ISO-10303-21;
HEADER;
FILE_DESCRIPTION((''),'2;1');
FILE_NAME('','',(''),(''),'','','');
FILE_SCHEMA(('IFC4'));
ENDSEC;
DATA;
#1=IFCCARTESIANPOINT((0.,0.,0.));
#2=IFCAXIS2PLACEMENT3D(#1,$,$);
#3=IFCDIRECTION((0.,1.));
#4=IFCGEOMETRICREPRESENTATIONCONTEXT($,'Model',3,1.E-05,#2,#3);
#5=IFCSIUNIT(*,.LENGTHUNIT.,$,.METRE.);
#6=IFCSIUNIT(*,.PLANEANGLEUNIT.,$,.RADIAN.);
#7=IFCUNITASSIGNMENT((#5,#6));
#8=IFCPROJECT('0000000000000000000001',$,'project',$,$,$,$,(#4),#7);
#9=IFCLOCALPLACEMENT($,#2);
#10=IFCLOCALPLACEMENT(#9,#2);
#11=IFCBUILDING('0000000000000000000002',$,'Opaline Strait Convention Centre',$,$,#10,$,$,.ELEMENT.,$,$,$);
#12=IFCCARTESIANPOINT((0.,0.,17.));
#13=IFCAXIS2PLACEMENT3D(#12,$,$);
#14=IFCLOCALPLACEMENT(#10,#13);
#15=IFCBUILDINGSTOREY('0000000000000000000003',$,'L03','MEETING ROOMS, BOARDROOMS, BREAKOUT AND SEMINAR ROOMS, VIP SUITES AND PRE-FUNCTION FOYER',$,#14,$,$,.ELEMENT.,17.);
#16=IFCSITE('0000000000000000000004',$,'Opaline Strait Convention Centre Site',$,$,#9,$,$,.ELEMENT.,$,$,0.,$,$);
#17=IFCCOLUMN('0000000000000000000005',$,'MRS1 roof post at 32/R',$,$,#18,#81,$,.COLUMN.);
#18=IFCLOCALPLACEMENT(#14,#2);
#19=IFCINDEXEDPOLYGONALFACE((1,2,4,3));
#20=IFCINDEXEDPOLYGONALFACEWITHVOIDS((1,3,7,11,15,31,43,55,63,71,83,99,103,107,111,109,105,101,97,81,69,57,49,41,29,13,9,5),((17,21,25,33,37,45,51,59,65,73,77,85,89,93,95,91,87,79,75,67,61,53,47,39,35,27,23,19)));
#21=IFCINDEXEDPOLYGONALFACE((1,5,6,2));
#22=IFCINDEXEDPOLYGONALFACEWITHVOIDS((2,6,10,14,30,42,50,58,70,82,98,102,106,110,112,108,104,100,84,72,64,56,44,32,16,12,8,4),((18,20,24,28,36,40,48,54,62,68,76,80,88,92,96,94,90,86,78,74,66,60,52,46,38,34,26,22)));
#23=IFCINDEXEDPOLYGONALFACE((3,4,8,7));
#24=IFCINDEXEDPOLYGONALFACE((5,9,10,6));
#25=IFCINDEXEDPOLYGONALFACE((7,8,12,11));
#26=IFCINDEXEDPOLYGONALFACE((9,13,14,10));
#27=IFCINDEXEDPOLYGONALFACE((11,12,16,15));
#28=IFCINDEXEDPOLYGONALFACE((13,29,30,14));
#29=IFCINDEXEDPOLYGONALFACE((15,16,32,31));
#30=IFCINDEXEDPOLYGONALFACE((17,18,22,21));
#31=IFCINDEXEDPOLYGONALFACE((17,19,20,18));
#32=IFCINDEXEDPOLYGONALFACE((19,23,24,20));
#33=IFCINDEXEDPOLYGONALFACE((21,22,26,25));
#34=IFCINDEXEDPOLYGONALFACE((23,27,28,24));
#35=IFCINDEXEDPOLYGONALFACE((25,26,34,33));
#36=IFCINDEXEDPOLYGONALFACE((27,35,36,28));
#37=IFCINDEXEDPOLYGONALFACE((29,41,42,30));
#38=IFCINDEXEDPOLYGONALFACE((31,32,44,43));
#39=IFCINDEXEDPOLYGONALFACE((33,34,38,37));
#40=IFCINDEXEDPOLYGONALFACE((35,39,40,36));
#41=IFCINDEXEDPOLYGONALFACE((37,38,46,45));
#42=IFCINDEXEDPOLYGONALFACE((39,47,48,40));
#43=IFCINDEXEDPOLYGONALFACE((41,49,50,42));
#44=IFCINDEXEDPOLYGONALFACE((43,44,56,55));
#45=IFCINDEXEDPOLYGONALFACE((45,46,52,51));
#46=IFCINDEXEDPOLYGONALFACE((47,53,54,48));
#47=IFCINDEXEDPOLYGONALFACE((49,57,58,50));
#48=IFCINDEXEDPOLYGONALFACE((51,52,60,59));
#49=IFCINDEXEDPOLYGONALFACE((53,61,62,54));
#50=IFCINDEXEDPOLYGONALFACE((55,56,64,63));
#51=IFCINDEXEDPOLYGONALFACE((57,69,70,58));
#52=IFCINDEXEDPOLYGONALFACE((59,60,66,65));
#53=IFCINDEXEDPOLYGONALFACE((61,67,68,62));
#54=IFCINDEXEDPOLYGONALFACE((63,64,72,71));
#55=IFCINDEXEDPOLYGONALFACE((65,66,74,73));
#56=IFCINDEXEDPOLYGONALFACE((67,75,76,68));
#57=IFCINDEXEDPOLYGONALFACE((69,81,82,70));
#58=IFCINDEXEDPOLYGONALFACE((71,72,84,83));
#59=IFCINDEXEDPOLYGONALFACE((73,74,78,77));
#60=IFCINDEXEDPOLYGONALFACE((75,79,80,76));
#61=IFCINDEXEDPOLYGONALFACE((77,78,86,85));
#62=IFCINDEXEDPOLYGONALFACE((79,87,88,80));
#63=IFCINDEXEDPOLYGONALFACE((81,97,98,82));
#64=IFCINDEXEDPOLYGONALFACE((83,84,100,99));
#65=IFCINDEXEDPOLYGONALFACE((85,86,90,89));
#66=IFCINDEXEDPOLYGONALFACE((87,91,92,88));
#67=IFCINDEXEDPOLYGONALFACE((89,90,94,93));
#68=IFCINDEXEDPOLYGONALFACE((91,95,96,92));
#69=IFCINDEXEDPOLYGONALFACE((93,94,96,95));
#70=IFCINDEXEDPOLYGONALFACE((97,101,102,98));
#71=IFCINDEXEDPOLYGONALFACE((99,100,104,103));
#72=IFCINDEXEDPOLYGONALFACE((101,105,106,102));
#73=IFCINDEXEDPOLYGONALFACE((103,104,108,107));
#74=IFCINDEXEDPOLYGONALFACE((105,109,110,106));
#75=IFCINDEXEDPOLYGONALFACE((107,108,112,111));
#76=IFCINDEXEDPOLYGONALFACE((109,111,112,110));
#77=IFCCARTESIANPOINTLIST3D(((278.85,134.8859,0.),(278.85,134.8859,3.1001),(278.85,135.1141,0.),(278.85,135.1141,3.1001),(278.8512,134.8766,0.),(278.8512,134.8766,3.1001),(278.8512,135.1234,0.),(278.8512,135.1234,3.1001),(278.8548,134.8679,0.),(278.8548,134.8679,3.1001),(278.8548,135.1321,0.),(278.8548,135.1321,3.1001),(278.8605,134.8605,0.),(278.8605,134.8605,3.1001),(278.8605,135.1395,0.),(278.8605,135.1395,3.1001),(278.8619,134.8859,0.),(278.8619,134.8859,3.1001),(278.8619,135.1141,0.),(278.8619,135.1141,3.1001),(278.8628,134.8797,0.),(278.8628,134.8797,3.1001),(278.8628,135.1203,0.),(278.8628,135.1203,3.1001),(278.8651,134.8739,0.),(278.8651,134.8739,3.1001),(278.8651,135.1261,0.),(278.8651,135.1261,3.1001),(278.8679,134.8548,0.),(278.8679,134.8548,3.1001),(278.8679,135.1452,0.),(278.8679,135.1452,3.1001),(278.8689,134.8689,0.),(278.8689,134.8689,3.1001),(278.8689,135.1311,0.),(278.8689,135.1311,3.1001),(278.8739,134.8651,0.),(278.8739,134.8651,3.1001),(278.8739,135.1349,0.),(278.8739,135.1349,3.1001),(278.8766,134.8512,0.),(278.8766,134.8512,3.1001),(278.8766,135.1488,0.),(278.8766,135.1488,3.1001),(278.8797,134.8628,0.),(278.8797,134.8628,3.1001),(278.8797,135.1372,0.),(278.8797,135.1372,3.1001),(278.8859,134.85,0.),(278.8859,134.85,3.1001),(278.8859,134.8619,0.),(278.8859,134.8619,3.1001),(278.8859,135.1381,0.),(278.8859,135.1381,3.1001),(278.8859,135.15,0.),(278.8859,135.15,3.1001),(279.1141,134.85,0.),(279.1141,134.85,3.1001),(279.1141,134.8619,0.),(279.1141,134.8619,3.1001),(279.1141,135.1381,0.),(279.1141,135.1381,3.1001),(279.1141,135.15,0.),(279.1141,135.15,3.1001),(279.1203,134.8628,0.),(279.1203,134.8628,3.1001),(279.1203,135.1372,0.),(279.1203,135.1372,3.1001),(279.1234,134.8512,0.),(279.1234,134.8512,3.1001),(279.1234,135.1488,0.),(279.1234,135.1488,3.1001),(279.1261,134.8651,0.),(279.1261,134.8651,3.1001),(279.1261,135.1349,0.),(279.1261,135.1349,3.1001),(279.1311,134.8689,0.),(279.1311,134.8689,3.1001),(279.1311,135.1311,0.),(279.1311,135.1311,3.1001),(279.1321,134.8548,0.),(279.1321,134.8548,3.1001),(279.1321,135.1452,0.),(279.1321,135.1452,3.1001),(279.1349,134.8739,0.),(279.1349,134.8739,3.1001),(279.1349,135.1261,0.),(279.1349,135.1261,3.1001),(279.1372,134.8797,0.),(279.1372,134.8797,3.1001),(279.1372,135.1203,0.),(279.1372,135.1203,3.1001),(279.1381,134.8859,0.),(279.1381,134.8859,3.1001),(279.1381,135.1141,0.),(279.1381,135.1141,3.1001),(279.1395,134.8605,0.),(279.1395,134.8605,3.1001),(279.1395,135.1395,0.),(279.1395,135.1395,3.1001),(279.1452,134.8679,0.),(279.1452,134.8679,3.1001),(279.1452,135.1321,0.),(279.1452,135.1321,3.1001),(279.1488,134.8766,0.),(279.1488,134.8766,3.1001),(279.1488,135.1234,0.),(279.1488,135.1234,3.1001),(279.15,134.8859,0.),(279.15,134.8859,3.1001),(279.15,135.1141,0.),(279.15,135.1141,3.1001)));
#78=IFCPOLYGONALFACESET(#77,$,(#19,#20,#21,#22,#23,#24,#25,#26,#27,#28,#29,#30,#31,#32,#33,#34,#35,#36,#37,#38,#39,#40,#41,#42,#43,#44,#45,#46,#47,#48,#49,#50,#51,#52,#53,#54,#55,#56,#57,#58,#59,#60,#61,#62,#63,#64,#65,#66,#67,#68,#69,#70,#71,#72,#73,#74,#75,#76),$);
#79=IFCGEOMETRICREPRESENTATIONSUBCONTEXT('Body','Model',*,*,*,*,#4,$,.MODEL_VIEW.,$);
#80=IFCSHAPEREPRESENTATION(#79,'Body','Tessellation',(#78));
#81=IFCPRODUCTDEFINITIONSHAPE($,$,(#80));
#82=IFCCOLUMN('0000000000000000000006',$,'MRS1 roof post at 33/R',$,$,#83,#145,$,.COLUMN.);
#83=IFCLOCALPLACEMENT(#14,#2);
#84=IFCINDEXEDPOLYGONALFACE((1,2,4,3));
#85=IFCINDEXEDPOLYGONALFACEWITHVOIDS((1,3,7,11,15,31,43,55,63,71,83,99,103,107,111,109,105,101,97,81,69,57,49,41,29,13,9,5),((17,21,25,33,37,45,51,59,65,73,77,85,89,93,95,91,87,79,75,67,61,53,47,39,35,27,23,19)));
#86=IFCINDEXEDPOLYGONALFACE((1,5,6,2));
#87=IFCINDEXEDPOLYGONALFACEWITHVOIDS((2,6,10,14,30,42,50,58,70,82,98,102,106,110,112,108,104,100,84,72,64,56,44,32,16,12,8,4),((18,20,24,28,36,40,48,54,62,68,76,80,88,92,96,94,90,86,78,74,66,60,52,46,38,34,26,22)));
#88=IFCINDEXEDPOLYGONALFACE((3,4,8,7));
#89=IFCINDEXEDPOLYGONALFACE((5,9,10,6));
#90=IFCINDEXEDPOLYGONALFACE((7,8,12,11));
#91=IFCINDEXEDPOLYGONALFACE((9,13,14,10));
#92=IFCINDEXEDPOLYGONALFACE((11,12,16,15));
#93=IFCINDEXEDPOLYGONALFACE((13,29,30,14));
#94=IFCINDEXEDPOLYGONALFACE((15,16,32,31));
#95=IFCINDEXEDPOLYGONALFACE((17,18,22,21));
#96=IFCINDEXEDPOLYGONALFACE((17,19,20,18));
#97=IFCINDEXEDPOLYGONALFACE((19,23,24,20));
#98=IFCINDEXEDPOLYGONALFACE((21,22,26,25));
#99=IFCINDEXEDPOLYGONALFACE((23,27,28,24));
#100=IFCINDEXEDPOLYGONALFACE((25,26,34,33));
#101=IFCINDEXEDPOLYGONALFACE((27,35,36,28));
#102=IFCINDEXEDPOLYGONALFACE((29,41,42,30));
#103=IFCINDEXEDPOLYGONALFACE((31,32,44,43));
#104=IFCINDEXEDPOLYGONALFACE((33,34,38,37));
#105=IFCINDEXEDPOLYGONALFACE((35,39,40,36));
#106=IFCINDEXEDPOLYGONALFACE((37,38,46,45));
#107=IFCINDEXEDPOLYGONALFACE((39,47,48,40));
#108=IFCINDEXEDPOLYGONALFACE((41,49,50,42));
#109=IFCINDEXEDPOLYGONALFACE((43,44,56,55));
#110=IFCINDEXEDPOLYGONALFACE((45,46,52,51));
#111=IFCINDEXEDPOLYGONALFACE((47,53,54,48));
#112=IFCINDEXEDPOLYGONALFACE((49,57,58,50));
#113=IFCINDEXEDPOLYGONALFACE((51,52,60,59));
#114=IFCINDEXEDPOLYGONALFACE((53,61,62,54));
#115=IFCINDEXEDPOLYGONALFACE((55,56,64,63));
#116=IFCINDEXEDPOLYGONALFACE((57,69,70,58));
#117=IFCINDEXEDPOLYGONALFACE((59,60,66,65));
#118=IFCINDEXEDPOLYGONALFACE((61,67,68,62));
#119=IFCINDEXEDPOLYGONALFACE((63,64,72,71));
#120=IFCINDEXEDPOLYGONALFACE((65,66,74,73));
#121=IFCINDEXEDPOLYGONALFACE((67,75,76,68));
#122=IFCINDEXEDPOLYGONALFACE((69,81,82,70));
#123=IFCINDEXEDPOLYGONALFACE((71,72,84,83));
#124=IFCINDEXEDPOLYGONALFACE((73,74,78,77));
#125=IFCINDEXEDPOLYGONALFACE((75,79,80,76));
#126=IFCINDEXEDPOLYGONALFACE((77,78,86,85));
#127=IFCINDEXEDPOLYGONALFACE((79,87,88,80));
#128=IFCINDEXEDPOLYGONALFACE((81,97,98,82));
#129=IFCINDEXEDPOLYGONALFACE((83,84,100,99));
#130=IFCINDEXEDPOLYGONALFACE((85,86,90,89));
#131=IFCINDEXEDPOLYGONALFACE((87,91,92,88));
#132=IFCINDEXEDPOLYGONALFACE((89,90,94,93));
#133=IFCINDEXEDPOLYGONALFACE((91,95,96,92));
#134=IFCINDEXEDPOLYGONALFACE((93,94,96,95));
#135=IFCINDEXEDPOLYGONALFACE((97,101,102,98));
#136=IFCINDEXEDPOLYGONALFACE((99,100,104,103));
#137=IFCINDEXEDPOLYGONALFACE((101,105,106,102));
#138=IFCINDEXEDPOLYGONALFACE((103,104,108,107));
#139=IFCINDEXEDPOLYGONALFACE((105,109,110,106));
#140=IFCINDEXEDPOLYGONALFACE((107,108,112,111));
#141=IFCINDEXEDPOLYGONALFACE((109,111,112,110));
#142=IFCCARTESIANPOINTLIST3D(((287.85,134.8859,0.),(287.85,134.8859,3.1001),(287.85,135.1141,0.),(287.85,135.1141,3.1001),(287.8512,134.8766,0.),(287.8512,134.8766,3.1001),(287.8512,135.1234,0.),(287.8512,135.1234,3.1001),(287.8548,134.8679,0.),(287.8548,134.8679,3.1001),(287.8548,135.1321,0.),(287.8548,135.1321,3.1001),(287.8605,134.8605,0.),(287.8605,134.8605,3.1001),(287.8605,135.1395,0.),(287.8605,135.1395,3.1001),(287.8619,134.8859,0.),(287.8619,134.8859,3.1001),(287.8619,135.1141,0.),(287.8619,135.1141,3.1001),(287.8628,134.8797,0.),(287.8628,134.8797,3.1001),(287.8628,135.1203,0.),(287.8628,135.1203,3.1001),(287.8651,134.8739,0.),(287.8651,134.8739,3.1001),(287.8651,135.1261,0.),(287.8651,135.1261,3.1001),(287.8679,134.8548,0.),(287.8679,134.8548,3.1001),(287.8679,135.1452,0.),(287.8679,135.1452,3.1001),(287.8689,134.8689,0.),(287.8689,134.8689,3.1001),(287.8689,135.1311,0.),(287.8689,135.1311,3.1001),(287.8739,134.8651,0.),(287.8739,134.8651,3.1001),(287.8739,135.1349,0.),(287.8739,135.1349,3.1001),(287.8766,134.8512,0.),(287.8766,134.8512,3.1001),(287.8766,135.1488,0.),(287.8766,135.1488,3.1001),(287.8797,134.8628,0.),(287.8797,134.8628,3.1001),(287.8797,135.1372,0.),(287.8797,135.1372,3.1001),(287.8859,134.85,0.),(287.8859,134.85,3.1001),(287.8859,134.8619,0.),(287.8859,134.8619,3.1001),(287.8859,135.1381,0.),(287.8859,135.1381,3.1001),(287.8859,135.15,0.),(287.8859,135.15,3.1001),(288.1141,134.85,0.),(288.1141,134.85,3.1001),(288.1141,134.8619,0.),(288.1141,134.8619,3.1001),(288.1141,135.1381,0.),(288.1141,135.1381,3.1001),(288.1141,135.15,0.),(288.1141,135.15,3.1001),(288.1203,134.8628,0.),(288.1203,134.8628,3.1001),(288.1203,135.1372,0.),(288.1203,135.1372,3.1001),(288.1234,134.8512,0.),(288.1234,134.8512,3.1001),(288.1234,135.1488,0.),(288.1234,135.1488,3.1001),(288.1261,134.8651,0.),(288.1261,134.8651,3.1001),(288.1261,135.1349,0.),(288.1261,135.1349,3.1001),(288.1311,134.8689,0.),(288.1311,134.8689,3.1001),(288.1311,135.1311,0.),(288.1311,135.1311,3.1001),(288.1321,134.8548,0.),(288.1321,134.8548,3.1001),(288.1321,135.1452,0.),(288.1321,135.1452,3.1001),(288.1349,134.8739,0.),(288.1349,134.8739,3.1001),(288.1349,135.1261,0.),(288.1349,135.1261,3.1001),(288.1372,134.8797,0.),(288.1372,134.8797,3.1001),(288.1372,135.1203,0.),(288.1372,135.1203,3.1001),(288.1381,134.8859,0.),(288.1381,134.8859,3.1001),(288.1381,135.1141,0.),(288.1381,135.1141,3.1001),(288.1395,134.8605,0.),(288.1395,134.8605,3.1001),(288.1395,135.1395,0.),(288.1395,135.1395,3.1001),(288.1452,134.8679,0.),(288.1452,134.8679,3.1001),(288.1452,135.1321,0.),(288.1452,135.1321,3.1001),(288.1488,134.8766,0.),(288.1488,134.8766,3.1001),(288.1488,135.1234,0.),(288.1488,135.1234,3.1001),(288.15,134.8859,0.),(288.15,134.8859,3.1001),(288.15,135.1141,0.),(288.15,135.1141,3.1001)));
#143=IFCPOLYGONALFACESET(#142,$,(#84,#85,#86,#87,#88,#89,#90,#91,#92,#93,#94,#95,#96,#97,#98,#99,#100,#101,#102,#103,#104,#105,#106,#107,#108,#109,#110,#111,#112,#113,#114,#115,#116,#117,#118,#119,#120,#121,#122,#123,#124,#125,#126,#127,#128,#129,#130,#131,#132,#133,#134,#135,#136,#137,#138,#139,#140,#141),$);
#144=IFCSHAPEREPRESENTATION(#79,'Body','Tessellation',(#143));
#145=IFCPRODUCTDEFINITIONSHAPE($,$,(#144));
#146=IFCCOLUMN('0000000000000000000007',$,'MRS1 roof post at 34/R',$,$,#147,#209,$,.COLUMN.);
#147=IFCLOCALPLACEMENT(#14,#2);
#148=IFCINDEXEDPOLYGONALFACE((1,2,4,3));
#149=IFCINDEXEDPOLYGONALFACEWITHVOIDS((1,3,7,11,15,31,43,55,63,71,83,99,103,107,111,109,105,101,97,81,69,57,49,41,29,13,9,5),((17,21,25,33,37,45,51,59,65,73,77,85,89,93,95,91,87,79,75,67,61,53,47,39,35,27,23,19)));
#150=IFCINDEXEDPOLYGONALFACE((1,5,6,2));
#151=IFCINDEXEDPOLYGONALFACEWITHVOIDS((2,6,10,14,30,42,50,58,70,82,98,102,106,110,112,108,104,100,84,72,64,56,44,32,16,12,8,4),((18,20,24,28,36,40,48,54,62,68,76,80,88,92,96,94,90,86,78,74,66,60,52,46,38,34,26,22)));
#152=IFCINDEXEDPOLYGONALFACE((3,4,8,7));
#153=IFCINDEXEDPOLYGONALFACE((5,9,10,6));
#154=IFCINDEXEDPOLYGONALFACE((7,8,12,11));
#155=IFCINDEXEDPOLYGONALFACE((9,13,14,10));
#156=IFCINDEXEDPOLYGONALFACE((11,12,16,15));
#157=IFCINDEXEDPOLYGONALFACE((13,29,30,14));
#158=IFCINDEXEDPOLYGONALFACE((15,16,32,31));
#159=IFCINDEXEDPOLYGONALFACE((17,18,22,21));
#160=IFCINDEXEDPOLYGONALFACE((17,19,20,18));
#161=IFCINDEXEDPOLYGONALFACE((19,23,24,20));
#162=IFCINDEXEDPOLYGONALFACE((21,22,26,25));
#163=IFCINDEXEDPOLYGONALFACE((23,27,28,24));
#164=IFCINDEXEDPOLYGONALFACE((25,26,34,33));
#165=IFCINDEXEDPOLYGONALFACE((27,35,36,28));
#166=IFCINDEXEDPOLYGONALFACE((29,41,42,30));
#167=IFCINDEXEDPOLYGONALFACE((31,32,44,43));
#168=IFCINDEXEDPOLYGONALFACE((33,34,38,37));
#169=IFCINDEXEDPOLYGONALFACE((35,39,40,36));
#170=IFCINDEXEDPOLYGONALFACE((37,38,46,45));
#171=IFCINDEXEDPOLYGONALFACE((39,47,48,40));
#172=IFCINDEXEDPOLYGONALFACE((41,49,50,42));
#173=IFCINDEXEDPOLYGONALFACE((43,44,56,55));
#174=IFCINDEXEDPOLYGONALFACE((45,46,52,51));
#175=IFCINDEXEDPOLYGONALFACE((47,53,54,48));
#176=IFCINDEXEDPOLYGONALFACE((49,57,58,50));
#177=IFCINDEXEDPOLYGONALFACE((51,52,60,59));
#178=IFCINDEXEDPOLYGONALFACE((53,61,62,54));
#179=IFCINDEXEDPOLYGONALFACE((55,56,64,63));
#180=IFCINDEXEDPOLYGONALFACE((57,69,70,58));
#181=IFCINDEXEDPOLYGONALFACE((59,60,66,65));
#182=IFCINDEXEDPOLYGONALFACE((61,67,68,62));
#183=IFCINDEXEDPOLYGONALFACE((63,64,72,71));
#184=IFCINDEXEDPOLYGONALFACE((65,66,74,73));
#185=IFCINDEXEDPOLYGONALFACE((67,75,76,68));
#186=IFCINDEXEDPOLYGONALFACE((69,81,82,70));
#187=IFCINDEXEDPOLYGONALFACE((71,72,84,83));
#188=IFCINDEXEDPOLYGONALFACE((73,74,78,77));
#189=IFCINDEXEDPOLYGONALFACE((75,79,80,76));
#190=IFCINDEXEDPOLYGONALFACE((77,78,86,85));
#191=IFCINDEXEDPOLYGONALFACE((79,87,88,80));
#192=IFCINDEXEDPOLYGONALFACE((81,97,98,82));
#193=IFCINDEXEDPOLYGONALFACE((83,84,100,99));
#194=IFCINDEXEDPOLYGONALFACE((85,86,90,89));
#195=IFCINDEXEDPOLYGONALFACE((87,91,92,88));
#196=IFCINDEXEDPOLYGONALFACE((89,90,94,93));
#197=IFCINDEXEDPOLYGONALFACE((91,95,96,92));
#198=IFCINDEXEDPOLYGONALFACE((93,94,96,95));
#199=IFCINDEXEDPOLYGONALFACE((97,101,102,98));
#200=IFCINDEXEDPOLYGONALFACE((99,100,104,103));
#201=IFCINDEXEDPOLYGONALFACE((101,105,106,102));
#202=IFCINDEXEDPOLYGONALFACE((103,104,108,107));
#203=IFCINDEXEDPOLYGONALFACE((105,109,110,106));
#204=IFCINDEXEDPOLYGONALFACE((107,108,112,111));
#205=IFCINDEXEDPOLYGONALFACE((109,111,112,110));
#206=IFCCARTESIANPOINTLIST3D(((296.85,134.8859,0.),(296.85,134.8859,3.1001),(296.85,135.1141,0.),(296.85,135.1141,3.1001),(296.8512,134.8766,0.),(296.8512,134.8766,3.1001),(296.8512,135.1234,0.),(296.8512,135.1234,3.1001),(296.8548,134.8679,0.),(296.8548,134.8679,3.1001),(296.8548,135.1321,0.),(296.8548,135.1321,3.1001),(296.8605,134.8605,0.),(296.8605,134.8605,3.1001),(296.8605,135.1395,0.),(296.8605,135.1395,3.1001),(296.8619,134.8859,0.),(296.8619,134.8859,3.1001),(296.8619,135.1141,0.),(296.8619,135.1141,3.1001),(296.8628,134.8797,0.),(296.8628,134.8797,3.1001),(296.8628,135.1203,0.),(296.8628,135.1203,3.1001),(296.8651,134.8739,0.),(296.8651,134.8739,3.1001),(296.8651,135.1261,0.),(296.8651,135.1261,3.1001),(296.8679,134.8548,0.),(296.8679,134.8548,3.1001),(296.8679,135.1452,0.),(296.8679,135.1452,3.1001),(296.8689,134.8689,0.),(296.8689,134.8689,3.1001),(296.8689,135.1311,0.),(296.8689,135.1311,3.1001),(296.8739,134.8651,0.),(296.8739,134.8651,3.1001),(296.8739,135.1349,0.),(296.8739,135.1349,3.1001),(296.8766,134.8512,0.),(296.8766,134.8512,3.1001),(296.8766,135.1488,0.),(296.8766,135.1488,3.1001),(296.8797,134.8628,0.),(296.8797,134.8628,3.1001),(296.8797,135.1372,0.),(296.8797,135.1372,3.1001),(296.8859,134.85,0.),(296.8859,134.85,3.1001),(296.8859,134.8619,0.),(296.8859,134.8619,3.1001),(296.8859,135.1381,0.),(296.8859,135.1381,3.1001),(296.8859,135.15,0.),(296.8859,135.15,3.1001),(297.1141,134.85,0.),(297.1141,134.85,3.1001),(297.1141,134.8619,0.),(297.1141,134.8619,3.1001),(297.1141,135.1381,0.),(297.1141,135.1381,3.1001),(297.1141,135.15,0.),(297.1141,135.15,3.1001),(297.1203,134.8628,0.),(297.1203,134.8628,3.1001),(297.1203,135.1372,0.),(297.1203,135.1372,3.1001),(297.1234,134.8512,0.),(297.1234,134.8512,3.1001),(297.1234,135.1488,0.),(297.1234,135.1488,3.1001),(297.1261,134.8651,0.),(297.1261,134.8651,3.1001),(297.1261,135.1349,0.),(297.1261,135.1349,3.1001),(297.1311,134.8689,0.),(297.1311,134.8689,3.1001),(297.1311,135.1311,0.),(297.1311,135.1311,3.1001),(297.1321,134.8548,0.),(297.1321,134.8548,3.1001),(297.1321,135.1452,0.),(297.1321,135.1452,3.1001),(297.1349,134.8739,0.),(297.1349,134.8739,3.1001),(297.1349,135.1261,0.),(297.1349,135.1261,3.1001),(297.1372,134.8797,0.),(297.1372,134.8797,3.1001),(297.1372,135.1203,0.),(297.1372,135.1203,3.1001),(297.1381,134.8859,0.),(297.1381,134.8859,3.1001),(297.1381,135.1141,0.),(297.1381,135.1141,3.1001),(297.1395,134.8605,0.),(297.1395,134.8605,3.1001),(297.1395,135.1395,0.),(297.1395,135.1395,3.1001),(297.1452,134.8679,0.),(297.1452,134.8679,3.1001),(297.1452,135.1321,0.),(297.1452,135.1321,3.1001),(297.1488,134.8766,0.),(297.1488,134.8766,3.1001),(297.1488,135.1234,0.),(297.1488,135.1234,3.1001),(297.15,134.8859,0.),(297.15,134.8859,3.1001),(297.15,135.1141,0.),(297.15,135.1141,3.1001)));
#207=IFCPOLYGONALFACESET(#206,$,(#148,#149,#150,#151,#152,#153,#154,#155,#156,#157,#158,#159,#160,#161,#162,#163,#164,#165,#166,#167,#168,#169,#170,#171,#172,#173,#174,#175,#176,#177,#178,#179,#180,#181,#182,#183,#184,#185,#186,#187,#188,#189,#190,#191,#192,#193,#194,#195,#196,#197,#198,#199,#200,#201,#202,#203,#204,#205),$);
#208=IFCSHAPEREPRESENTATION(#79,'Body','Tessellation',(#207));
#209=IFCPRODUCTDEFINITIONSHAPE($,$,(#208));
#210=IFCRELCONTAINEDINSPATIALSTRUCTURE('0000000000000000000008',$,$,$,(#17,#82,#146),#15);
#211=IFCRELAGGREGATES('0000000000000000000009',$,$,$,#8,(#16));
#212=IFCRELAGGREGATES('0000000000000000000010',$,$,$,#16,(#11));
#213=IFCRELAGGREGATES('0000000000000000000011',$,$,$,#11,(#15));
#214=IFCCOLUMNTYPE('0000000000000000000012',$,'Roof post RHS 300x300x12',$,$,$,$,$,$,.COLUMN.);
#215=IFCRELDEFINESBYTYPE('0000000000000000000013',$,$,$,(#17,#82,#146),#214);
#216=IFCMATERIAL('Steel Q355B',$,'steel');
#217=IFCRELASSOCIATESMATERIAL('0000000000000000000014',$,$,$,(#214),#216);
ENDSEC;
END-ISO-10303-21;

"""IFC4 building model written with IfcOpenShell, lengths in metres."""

from ifc_helpers import new_model, si_unit, direction, frame, origin, origin_2d, place, context, subcontext, project, spatial, hollow_rectangle, extrude, material, material_profile, profile_set, type_object, element, save


model = new_model("IFC4")

# Units and contexts
model_context = context("Model", 3, precision=1e-05, world=origin(), true_north=direction((0.0, 1.0)))
body_context = subcontext(model_context, "Body", "Model", "MODEL_VIEW")
ifc_project = project(units=[si_unit("LENGTHUNIT", "METRE"), si_unit("PLANEANGLEUNIT", "RADIAN")], contexts=[model_context])

# Site, building, storey
site_placement = place(None, origin())
site = spatial("IfcSite", under=ifc_project, at=site_placement, Name="Opaline Strait Convention Centre Site", CompositionType="ELEMENT", RefElevation=0.0)
building_placement = place(site_placement, origin())
building = spatial("IfcBuilding", under=site, at=building_placement, Name="Opaline Strait Convention Centre", CompositionType="ELEMENT")
storey_placement = place(building_placement, frame((0.0, 0.0, 17.0)))
storey = spatial("IfcBuildingStorey", under=building, at=storey_placement, Name="L03", Description="MEETING ROOMS, BOARDROOMS, BREAKOUT AND SEMINAR ROOMS, VIP SUITES AND PRE-FUNCTION FOYER", CompositionType="ELEMENT", Elevation=17.0)

# Columns
ifc_material_1 = material(Name="Steel Q355B", Category="steel")
ifc_material_profile_1 = material_profile(ifc_material_1, hollow_rectangle(XDim=0.3, YDim=0.3, WallThickness=0.012, InnerFilletRadius=0.0239, OuterFilletRadius=0.0359, at=origin_2d()), Name="RHS 300x300x12")
ifc_profile_set_1 = profile_set([ifc_material_profile_1], Name="Steel Q355B")
column_type = type_object("IfcColumnType", Name="Roof post RHS 300x300x12", PredefinedType="COLUMN", material=ifc_profile_set_1)
for number, where, z_axis, x_axis, name in (
    (1, (279.0, 135.0, 0.0), (0.0, 0.0, 1.0), (1.0, 0.0, 0.0), "MRS1 roof post at 32/R"),
    (2, (288.0, 135.0, 0.0), (0.0, 0.0, 1.0), (1.0, 0.0, 0.0), "MRS1 roof post at 33/R"),
    (3, (297.0, 135.0, 0.0), (0.0, 0.0, 1.0), (1.0, 0.0, 0.0), "MRS1 roof post at 34/R"),
):
    element("IfcColumn", number, at=place(storey_placement, frame(where, z_axis=z_axis, x_axis=x_axis)), inside=storey, type_object=column_type, Name=name, PredefinedType="COLUMN", context=body_context, shape_type="SweptSolid", body=[
        extrude(hollow_rectangle(XDim=0.3, YDim=0.3, WallThickness=0.012, InnerFilletRadius=0.0239, OuterFilletRadius=0.0359, at=origin_2d()), origin(), (0.0, 0.0, 1.0), 3.1001),
    ])

save(model, "model.ifc")
